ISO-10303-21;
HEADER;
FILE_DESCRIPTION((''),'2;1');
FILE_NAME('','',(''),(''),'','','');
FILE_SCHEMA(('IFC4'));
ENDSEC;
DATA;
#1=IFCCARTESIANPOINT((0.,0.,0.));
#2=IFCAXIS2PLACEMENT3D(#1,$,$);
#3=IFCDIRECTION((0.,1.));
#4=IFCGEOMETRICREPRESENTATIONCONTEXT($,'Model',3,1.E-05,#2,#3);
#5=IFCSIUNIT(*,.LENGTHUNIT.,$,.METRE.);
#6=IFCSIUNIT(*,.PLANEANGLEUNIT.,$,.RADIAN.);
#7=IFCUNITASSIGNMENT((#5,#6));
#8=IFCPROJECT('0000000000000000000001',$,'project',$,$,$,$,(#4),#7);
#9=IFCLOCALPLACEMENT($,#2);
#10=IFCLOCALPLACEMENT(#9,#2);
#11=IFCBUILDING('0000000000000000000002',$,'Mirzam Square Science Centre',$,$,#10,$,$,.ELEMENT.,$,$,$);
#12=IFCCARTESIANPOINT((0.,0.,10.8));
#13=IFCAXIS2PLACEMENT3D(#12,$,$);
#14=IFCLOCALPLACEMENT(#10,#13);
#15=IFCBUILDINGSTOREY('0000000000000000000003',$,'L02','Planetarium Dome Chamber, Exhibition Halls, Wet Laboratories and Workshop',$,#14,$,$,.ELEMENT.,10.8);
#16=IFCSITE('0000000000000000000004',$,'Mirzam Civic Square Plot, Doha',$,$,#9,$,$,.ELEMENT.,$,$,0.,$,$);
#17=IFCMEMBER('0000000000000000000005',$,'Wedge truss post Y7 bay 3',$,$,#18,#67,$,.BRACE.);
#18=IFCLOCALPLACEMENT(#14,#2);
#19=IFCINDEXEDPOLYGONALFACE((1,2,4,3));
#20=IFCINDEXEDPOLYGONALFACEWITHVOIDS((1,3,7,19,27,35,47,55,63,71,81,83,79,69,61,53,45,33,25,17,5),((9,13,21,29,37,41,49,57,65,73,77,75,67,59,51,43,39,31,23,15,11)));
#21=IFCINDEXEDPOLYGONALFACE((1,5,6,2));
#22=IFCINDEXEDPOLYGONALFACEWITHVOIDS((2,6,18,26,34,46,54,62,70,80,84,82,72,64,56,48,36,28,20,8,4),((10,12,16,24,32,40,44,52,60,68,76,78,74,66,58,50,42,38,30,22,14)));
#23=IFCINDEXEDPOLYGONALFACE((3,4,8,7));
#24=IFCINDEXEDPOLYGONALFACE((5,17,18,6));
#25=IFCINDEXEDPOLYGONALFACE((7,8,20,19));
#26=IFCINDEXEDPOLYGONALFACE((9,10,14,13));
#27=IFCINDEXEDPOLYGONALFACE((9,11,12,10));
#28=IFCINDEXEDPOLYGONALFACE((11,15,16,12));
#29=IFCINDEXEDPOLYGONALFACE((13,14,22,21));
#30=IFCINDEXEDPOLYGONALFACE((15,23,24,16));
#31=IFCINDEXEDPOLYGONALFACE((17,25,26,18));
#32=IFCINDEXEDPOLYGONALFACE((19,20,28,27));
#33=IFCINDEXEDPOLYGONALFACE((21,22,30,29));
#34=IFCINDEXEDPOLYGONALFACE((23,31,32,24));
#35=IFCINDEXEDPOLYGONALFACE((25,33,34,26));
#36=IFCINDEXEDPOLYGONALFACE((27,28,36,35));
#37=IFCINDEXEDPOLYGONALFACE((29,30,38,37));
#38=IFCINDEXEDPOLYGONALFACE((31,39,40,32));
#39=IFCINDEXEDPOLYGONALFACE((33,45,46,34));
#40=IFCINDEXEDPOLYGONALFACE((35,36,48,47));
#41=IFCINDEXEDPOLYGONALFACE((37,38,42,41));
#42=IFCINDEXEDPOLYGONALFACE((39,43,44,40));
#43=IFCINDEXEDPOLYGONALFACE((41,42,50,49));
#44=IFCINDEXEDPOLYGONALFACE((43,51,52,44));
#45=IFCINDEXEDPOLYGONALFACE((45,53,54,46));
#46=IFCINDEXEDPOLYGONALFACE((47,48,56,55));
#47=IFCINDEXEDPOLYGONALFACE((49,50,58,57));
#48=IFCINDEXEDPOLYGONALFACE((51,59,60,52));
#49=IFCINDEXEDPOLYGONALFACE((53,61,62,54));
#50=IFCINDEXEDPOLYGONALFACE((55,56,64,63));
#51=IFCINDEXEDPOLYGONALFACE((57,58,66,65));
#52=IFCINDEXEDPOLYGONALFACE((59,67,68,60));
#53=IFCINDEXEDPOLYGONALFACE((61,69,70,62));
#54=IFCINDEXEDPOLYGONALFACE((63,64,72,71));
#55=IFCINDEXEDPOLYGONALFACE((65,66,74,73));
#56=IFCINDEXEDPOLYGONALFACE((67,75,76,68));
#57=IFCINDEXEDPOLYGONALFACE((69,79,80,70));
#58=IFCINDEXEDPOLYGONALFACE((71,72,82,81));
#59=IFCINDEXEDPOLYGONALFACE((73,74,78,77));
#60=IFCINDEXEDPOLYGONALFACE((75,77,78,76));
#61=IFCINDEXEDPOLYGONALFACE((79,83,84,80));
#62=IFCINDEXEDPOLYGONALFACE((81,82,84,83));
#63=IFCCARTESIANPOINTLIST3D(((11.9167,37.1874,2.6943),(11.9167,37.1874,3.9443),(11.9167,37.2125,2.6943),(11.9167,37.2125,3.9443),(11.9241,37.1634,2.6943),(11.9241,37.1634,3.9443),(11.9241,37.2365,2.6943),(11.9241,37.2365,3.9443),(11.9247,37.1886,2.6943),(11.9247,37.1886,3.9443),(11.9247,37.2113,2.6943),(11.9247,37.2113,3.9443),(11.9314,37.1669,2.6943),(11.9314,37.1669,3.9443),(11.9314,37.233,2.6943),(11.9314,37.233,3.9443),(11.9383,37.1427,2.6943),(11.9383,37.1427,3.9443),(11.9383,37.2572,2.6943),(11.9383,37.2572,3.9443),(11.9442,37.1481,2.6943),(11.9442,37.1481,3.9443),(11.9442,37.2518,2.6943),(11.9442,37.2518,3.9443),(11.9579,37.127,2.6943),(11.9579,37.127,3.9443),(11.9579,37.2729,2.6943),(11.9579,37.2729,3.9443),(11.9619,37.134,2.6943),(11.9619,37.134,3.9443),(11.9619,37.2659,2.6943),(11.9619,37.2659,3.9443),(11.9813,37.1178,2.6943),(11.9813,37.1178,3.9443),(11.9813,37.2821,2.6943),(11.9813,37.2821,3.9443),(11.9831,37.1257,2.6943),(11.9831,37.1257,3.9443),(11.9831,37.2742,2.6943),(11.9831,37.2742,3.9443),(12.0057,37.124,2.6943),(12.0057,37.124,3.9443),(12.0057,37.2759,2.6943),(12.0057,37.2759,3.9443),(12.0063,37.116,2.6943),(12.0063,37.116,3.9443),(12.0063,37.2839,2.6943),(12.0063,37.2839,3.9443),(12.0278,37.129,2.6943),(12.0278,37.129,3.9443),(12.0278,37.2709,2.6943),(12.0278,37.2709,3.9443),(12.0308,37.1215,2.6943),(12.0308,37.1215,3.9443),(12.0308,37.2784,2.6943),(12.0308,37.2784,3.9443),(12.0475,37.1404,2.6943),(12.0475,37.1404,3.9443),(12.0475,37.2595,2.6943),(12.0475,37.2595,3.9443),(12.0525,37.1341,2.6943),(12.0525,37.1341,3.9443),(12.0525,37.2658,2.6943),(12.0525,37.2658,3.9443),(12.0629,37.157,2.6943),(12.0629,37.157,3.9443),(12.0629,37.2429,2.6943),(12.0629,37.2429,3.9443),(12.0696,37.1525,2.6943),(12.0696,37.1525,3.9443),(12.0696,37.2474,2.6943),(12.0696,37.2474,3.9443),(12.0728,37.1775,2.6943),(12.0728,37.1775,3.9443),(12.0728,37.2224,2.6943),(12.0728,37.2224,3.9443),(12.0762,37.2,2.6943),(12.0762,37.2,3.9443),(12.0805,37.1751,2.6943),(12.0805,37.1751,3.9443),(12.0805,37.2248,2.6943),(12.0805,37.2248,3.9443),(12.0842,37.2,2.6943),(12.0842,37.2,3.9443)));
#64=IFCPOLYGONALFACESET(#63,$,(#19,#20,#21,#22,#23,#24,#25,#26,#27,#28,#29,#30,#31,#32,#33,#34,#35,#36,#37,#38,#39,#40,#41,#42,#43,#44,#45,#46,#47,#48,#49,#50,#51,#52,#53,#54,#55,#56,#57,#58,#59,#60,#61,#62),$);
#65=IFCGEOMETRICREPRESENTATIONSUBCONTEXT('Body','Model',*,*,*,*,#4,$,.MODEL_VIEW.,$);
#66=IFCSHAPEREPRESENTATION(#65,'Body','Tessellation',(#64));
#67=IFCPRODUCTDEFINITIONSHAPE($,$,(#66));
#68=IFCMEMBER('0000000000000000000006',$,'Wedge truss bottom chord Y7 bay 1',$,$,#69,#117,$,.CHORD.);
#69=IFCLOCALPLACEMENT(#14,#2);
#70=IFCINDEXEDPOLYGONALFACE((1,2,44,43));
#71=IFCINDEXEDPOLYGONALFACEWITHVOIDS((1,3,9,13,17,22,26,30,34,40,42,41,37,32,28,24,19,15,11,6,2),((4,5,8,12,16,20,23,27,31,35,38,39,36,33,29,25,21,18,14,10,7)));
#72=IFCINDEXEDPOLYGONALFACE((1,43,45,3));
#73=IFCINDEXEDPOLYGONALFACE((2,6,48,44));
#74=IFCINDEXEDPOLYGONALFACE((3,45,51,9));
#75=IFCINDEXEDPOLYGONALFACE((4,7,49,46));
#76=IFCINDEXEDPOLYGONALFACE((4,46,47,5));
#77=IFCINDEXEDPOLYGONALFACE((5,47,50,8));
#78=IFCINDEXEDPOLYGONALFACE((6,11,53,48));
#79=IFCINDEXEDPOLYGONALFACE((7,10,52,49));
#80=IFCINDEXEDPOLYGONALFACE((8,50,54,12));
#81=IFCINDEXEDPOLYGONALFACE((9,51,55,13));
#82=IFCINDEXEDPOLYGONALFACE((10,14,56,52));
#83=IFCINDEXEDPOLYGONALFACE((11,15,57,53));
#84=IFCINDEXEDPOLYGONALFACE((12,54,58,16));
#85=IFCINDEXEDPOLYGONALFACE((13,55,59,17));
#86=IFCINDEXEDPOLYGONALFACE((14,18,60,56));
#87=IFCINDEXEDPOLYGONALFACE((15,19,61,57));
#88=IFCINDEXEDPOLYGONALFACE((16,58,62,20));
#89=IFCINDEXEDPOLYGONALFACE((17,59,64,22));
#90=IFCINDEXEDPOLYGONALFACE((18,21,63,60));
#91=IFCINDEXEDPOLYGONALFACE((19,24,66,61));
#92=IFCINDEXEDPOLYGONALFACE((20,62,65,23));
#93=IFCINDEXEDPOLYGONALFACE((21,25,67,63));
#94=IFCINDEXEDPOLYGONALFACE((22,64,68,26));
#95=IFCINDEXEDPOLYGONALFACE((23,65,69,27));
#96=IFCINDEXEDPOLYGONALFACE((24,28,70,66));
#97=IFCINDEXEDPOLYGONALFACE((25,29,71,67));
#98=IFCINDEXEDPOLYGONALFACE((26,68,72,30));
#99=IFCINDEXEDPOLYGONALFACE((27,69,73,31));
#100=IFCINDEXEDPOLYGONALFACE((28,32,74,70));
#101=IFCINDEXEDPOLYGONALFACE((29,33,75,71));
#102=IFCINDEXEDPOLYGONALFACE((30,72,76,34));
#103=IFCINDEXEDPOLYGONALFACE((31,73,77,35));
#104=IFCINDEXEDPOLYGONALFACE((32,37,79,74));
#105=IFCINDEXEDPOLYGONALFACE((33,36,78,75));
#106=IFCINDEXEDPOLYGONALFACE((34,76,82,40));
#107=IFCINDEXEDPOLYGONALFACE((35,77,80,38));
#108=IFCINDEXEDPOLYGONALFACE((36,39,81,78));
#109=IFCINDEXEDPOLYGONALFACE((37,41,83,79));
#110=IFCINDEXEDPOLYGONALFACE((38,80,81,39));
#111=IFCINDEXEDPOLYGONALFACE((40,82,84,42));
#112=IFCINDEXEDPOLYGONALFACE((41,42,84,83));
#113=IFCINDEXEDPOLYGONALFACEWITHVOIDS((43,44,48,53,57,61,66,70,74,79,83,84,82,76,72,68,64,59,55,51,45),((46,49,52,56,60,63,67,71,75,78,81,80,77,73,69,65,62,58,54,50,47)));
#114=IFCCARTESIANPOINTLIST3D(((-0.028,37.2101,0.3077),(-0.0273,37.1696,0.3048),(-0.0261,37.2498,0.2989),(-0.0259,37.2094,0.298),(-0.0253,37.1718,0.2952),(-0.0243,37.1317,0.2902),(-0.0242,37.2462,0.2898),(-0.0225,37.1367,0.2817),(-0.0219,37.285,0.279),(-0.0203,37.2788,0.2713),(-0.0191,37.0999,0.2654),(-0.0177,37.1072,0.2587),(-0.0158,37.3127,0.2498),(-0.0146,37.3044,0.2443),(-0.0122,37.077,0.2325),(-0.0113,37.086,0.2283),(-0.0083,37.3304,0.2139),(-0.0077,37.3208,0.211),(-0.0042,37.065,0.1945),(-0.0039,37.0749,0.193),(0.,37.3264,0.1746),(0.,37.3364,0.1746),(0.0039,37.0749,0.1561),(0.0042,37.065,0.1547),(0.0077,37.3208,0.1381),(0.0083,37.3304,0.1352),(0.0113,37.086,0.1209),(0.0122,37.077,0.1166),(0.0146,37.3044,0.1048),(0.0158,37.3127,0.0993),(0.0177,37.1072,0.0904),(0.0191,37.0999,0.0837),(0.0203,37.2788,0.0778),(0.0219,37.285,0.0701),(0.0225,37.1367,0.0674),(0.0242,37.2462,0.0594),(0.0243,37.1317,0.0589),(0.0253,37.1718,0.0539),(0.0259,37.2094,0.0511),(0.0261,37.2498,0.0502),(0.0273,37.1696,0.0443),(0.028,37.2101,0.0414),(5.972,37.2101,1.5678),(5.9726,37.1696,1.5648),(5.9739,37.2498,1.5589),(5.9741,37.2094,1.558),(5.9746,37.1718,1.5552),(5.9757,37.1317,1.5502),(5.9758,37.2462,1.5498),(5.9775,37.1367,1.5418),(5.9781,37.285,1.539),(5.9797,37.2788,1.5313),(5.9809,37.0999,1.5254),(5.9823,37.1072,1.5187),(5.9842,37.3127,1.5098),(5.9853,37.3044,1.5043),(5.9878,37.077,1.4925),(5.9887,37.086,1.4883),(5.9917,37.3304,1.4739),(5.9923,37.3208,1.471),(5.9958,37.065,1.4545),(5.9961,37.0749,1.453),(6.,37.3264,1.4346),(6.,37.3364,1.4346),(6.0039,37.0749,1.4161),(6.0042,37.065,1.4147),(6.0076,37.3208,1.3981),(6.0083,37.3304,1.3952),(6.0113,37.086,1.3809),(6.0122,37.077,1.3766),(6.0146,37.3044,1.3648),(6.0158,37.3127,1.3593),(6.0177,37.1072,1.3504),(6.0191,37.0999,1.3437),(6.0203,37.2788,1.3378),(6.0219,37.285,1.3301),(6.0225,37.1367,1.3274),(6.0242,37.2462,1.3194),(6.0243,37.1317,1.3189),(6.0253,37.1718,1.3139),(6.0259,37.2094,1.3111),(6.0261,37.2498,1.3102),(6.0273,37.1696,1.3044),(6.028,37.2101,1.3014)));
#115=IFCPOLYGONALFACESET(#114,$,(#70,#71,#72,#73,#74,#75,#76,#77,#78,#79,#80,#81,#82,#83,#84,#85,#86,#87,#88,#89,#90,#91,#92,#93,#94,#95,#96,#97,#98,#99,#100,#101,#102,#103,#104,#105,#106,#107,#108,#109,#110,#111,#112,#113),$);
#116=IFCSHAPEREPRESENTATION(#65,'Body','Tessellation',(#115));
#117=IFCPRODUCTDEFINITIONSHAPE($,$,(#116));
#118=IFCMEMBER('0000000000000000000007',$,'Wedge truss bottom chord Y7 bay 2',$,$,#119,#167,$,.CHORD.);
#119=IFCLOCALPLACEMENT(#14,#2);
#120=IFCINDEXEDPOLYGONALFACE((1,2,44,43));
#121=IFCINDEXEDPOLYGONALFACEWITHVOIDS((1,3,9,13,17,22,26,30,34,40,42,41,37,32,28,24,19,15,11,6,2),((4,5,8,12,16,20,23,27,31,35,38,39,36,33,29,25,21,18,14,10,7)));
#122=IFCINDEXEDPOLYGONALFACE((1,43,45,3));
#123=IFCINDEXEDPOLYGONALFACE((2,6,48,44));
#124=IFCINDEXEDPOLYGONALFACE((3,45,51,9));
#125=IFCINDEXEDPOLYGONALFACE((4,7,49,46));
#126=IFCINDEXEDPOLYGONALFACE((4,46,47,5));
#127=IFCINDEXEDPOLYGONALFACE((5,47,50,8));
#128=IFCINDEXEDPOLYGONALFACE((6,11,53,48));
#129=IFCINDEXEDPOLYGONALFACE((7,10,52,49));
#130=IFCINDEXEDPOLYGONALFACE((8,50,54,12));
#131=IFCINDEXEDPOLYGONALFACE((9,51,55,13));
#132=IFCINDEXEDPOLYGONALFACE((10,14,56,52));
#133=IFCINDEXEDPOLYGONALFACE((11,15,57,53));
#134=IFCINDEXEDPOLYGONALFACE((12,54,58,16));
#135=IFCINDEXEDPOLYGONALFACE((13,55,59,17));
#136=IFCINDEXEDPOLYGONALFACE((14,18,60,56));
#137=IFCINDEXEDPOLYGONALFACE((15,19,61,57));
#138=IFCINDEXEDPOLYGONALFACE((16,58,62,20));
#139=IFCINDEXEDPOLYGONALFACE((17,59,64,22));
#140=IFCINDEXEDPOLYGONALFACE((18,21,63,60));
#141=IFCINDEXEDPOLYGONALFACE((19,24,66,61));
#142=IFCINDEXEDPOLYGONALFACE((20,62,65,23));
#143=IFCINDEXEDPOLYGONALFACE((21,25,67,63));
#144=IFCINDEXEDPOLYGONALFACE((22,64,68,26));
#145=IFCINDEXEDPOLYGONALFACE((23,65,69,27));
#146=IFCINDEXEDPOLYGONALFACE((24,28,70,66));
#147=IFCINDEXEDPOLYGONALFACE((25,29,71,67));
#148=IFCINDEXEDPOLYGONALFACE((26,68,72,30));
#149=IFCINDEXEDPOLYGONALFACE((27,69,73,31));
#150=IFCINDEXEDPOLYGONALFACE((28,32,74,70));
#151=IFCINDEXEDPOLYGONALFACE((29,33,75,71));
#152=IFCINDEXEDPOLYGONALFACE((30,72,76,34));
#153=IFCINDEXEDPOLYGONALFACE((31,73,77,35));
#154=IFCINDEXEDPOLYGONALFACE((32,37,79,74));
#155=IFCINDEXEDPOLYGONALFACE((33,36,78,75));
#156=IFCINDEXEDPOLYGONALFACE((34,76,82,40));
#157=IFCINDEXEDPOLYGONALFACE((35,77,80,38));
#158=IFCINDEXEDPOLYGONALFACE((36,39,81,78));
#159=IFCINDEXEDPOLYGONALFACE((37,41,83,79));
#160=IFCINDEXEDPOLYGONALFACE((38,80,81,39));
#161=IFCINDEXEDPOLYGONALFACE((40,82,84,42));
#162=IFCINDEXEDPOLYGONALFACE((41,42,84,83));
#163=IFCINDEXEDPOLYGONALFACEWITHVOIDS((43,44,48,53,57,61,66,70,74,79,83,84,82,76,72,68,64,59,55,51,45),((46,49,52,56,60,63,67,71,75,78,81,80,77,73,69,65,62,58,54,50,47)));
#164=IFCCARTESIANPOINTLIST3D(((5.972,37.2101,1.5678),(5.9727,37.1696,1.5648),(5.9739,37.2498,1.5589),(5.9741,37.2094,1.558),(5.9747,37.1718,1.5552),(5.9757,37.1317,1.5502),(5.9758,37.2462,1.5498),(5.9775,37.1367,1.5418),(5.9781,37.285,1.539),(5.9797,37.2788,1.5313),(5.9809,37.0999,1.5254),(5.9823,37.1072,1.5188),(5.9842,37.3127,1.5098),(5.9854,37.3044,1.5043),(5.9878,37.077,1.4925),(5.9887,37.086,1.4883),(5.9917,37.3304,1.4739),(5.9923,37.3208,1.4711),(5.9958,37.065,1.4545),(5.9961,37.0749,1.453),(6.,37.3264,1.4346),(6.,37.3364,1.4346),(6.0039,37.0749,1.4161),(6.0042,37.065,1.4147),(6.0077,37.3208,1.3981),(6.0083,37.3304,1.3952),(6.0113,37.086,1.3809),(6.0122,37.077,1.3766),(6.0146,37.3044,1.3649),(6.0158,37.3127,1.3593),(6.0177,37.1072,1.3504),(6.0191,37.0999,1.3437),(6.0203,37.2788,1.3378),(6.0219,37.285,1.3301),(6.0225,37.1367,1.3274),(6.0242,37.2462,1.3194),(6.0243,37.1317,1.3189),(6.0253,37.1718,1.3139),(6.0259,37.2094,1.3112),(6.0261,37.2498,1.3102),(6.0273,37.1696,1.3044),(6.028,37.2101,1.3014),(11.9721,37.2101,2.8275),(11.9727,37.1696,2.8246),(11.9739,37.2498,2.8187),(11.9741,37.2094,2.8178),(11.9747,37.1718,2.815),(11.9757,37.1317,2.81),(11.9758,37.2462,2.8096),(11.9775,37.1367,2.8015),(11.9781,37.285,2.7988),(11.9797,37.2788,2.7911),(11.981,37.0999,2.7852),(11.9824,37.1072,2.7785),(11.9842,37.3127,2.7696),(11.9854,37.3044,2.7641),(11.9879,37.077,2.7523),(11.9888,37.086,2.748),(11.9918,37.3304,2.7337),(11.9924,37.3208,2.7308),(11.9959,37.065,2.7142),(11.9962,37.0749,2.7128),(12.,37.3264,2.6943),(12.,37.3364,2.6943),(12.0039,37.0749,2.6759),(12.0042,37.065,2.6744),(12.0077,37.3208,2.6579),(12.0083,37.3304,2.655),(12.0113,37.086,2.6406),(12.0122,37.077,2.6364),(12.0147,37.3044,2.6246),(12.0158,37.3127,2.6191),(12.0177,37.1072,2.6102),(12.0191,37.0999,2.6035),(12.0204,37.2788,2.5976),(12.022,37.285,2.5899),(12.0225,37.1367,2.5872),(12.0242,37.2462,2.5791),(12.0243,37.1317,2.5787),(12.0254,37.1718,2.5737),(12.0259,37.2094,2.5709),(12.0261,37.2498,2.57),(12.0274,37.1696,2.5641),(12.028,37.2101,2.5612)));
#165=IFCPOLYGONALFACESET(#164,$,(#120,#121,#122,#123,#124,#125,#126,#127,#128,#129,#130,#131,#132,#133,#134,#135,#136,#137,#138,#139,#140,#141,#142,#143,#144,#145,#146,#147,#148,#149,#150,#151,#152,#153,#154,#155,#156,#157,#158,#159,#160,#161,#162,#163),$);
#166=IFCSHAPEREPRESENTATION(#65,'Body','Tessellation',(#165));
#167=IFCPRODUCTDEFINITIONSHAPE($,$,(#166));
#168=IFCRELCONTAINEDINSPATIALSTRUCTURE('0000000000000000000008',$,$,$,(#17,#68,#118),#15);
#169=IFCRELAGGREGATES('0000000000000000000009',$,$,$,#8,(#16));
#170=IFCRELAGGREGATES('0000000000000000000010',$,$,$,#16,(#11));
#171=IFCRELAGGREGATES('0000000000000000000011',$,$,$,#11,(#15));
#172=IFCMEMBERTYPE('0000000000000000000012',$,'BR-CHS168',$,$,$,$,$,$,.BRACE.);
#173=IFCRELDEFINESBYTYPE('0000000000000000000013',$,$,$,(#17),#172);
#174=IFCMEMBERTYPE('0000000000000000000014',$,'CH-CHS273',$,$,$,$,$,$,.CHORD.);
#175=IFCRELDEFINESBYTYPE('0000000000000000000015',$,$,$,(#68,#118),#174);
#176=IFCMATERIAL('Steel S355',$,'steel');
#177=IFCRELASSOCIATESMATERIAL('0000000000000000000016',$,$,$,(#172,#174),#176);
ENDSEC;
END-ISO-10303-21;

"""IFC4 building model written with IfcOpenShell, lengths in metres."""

from ifc_helpers import new_model, si_unit, direction, frame, origin, origin_2d, place, context, subcontext, project, spatial, hollow_circle, extrude, material, material_profile, profile_set, type_object, element, save


model = new_model("IFC4")

# Units and contexts
model_context = context("Model", 3, precision=1e-05, world=origin(), true_north=direction((0.0, 1.0)))
body_context = subcontext(model_context, "Body", "Model", "MODEL_VIEW")
ifc_project = project(units=[si_unit("LENGTHUNIT", "METRE"), si_unit("PLANEANGLEUNIT", "RADIAN")], contexts=[model_context])

# Site, building, storey
site_placement = place(None, origin())
site = spatial("IfcSite", under=ifc_project, at=site_placement, Name="Mirzam Civic Square Plot, Doha", CompositionType="ELEMENT", RefElevation=0.0)
building_placement = place(site_placement, origin())
building = spatial("IfcBuilding", under=site, at=building_placement, Name="Mirzam Square Science Centre", CompositionType="ELEMENT")
storey_placement = place(building_placement, frame((0.0, 0.0, 10.8)))
storey = spatial("IfcBuildingStorey", under=building, at=storey_placement, Name="L02", Description="Planetarium Dome Chamber, Exhibition Halls, Wet Laboratories and Workshop", CompositionType="ELEMENT", Elevation=10.8)

# Shared definitions
ifc_material_1 = material(Name="Steel S355", Category="steel")

# Members
ifc_material_profile_1 = material_profile(ifc_material_1, hollow_circle(Radius=0.0842, WallThickness=0.0081, at=origin_2d()), Name="168.3x8.0CHS")
ifc_profile_set_1 = profile_set([ifc_material_profile_1], Name="Steel S355")
member_type_1 = type_object("IfcMemberType", Name="BR-CHS168", PredefinedType="BRACE", material=ifc_profile_set_1)
member_1_placement = place(storey_placement, frame((12.0, 37.2, 2.6943), z_axis=(0.0, 0.0, 1.0), x_axis=(1.0, 0.0, 0.0)))
element("IfcMember", 1, at=member_1_placement, inside=storey, type_object=member_type_1, Name="Wedge truss post Y7 bay 3", PredefinedType="BRACE", context=body_context, shape_type="SweptSolid", body=[
    extrude(hollow_circle(Radius=0.0842, WallThickness=0.0081, at=origin_2d()), origin(), (0.0, 0.0, 1.0), 1.25),
])
ifc_material_profile_2 = material_profile(ifc_material_1, hollow_circle(Radius=0.1365, WallThickness=0.01, at=origin_2d()), Name="273.0x10.0CHS")
ifc_profile_set_2 = profile_set([ifc_material_profile_2], Name="Steel S355")
member_type_2 = type_object("IfcMemberType", Name="CH-CHS273", PredefinedType="CHORD", material=ifc_profile_set_2)
for number, where, z_axis, x_axis, name in (
    (2, (0.0, 37.2, 0.1746), (0.978653, 0.0, 0.205519), (0.0, 1.0, 0.0), "Wedge truss bottom chord Y7 bay 1"),
    (3, (6.0, 37.2, 1.4346), (0.978661, 0.0, 0.205481), (0.0, 1.0, 0.0), "Wedge truss bottom chord Y7 bay 2"),
):
    element("IfcMember", number, at=place(storey_placement, frame(where, z_axis=z_axis, x_axis=x_axis)), inside=storey, type_object=member_type_2, Name=name, PredefinedType="CHORD", context=body_context, shape_type="SweptSolid", body=[
        extrude(hollow_circle(Radius=0.1365, WallThickness=0.01, at=origin_2d()), origin(), (0.0, 0.0, 1.0), 6.1309),
    ])

save(model, "model.ifc")
